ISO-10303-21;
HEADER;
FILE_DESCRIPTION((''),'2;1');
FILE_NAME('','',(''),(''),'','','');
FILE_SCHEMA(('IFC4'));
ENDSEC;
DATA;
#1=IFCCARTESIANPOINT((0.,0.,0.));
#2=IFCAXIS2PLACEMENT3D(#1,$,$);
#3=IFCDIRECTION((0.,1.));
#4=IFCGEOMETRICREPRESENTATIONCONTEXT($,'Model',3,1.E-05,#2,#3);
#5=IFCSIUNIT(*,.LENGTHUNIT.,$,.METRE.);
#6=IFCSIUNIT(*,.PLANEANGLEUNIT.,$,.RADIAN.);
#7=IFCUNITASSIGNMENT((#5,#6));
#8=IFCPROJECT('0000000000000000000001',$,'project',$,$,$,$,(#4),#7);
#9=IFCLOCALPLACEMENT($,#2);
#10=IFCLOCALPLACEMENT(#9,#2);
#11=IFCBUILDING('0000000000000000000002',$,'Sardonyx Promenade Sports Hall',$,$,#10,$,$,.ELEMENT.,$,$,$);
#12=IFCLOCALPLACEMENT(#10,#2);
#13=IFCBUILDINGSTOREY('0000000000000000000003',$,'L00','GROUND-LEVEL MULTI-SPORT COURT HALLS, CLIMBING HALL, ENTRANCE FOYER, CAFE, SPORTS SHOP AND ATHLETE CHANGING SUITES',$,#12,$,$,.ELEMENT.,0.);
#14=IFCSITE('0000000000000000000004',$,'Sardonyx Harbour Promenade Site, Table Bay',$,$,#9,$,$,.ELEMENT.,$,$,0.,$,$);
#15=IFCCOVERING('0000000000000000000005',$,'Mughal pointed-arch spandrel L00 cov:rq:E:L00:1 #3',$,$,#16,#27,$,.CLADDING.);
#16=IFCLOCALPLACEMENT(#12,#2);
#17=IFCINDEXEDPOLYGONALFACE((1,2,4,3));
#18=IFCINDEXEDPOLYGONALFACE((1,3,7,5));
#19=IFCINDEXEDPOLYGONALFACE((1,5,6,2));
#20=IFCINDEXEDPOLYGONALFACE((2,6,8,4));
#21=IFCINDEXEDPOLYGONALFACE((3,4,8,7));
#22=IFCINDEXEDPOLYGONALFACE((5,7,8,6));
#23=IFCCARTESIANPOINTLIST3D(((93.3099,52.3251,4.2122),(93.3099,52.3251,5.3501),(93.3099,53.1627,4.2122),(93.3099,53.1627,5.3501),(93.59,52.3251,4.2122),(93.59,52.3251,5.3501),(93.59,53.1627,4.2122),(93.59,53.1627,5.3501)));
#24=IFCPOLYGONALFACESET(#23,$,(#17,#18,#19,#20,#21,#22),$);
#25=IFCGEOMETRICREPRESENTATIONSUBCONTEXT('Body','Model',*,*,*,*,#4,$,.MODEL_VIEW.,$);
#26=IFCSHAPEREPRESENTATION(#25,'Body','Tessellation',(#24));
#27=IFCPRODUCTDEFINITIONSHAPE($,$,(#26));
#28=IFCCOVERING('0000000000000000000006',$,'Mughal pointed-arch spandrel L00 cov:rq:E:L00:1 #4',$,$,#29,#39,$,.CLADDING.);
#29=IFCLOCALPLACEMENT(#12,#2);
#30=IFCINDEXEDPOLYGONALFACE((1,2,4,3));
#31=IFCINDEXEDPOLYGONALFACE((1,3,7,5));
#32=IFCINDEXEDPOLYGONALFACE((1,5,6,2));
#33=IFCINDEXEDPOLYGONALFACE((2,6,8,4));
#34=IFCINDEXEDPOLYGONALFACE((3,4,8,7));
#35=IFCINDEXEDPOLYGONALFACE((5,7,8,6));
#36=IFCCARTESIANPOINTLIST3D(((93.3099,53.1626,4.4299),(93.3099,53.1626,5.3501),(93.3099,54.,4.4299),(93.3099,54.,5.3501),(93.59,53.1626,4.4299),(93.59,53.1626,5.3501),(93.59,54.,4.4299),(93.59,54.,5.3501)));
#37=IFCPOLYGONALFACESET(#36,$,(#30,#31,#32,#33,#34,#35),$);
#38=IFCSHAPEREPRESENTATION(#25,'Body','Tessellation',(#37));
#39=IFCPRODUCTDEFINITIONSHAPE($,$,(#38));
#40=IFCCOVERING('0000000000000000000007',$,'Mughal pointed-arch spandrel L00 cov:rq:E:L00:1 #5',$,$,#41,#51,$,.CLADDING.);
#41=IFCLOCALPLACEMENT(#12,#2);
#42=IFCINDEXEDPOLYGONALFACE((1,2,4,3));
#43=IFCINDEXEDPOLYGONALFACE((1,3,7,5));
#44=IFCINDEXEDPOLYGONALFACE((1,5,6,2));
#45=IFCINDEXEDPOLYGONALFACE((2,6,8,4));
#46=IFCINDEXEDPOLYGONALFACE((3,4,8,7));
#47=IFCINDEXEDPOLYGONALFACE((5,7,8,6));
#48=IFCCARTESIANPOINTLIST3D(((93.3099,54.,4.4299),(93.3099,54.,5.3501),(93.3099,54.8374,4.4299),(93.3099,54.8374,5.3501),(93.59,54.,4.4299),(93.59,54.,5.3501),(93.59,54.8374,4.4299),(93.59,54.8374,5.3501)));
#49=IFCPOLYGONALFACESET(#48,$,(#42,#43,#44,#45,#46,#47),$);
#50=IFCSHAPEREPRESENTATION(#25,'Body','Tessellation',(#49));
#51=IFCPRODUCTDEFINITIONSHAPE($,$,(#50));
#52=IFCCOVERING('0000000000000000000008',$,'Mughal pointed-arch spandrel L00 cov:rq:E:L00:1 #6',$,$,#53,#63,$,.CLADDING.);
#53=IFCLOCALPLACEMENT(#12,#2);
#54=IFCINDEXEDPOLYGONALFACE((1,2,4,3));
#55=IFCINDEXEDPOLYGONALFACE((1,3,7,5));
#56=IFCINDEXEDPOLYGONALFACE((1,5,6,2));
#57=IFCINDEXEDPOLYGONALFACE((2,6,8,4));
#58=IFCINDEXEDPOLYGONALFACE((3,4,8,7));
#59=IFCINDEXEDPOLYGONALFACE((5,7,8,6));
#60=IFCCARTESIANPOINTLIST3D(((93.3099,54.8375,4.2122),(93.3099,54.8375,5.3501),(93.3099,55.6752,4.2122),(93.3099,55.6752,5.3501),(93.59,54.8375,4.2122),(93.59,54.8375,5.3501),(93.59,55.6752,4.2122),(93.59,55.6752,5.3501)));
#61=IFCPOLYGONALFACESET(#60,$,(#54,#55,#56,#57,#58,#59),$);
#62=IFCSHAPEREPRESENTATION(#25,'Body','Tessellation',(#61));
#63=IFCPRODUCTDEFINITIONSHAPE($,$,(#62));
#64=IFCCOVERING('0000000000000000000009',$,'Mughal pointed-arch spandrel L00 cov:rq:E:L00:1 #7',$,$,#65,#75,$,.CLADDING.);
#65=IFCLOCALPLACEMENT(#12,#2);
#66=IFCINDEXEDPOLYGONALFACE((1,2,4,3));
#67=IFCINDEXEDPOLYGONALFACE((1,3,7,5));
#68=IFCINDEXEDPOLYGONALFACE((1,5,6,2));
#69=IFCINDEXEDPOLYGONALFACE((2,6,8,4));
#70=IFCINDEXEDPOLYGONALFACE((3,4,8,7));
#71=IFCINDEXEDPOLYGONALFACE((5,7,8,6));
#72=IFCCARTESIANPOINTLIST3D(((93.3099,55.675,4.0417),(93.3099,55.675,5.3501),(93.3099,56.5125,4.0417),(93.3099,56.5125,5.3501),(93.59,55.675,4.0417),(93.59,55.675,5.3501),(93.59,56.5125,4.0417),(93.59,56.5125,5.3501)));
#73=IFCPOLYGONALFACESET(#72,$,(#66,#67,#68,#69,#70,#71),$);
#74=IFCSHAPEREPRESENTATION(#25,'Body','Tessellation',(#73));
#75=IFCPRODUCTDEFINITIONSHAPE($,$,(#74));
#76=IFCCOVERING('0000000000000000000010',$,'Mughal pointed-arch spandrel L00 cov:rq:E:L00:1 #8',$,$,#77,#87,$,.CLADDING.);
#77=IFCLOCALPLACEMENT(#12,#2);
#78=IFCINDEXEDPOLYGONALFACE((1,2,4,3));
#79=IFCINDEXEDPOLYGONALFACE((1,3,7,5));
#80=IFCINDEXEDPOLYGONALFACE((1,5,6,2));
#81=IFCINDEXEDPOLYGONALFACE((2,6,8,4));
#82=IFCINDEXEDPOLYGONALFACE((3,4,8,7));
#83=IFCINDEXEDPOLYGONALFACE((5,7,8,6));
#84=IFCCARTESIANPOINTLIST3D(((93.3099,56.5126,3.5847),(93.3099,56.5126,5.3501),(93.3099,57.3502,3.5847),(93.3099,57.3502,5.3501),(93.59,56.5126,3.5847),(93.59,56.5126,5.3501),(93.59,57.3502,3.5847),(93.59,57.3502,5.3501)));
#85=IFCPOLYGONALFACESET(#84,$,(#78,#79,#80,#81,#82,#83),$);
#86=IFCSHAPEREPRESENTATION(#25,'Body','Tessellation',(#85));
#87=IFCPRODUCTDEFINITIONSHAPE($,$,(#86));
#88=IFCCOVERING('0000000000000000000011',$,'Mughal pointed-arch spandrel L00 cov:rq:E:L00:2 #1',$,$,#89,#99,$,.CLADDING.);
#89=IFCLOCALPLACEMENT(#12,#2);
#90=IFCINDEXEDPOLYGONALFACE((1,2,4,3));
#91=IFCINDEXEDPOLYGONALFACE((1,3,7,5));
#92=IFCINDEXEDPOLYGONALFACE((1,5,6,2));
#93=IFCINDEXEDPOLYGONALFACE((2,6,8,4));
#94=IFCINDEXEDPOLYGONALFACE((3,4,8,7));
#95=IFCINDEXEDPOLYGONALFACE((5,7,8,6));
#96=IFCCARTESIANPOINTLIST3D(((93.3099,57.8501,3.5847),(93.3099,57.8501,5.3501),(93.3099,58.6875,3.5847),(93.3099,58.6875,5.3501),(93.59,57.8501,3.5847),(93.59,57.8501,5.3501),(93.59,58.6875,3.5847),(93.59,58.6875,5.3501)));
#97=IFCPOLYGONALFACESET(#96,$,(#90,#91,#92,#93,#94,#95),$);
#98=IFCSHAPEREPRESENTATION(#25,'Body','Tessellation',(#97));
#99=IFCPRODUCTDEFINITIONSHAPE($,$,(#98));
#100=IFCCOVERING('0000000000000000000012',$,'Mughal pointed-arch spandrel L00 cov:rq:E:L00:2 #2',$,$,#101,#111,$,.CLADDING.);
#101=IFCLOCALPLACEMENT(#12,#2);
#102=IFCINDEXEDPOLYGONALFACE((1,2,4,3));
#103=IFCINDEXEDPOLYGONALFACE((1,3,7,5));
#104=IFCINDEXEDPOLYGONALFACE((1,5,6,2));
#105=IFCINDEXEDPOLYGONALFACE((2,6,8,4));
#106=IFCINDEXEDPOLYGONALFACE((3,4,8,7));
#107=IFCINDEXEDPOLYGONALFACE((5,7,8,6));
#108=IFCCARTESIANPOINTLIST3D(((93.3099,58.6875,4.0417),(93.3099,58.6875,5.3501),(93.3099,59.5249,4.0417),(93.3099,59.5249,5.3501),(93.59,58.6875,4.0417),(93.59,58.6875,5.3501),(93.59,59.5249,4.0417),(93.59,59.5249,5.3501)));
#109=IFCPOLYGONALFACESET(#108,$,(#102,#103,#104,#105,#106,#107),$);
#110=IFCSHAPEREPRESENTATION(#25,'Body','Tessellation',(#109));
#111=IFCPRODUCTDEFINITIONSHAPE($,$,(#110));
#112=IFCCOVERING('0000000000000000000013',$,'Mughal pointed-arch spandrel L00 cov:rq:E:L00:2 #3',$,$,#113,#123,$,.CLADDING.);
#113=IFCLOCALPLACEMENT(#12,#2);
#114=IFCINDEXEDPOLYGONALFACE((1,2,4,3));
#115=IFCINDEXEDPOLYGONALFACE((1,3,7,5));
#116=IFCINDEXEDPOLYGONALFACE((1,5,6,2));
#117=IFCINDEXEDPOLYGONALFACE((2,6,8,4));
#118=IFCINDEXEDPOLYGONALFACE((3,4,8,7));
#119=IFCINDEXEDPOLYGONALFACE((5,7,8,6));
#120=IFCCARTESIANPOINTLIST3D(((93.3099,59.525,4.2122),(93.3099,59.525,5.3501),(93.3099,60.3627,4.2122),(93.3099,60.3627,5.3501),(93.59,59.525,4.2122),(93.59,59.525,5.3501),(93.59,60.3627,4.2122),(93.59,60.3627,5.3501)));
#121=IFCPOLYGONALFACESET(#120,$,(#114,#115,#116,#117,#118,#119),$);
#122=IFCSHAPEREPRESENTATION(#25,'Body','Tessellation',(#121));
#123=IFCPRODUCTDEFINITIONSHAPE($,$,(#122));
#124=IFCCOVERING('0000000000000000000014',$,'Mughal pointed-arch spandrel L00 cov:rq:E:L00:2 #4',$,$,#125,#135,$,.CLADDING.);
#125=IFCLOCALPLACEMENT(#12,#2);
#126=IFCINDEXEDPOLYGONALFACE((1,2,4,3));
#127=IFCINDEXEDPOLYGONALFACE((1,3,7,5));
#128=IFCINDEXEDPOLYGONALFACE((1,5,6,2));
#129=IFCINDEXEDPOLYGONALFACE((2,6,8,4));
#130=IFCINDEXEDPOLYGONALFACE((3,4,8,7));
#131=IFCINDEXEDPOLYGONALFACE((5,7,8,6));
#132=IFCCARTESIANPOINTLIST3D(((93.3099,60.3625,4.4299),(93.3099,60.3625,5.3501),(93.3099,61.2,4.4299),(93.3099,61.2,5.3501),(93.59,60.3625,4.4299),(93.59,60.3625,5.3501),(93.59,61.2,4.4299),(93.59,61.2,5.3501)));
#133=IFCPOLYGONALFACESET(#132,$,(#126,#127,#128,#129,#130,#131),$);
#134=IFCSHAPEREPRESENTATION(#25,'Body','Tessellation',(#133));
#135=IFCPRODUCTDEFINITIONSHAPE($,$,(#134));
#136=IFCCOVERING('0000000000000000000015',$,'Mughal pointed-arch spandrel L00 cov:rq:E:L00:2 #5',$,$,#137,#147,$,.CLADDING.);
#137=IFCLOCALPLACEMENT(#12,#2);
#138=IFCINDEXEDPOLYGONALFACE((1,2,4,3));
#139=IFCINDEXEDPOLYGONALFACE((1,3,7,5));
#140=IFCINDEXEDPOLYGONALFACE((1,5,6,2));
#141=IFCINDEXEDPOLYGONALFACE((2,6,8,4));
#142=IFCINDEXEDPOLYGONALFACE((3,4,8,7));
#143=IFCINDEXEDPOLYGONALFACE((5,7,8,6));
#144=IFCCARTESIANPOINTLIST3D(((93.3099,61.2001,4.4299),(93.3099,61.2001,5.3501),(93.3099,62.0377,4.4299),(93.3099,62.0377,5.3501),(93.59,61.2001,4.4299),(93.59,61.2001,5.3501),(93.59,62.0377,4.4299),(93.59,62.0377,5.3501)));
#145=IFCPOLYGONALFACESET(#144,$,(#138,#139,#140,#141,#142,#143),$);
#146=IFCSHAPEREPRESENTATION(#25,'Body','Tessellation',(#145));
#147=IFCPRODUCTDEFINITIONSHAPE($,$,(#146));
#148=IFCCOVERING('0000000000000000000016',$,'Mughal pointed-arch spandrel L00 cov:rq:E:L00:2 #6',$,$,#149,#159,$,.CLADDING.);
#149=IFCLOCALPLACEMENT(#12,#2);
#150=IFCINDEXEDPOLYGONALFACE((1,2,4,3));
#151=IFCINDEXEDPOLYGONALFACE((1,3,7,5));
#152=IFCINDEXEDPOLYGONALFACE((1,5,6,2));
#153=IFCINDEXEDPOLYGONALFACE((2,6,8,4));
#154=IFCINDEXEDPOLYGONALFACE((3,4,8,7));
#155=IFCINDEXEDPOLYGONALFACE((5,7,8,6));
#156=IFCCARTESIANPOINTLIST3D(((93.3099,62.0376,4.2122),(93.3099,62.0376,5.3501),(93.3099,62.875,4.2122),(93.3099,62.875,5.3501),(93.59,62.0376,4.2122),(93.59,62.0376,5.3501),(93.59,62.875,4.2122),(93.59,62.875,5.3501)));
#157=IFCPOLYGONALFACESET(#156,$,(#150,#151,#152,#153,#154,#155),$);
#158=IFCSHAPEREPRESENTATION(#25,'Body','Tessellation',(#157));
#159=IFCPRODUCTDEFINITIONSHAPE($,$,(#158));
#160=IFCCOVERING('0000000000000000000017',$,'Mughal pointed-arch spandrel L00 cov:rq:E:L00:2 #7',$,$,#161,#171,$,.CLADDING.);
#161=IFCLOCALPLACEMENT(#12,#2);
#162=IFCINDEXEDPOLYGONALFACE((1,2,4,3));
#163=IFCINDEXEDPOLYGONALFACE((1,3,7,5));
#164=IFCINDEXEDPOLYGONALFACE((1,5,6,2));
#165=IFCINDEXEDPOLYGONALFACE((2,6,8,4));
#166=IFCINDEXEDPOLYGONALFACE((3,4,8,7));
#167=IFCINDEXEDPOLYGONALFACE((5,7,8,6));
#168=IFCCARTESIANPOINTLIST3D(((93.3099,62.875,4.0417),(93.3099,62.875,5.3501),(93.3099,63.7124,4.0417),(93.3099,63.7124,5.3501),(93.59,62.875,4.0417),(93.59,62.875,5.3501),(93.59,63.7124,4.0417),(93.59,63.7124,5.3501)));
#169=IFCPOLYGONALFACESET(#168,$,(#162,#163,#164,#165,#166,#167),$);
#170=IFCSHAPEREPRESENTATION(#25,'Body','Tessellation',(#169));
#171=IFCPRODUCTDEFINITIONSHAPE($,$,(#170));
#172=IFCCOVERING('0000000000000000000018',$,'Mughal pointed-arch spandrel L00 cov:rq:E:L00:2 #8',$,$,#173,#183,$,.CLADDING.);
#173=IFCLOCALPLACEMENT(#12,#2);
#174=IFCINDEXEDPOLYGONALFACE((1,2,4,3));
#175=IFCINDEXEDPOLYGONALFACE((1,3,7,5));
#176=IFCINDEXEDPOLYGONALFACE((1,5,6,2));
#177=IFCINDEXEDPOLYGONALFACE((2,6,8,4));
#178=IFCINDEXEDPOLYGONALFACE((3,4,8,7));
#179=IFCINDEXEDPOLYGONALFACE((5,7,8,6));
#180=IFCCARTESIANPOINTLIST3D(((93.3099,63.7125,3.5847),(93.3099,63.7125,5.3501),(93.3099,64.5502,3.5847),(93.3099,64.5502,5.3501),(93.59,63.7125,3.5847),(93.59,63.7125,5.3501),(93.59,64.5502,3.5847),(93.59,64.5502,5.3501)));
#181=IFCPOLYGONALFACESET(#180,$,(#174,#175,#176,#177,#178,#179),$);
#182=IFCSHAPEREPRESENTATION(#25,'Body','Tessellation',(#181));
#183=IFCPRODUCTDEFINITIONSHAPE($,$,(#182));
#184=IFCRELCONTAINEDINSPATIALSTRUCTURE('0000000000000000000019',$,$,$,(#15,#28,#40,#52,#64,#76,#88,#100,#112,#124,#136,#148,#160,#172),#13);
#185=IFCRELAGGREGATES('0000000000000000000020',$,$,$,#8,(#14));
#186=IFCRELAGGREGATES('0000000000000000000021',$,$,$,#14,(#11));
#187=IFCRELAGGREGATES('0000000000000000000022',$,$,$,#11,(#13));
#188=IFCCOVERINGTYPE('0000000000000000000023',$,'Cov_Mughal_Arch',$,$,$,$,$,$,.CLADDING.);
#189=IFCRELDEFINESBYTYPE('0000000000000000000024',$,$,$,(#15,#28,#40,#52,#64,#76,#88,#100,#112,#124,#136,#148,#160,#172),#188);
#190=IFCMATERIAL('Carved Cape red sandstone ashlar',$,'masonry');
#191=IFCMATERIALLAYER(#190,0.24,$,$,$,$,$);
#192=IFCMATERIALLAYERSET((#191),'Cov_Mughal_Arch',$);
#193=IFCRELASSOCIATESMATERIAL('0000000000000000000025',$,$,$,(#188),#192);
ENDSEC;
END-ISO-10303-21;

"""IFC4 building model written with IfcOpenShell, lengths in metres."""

from ifc_helpers import new_model, si_unit, direction, frame, frame_2d, origin, place, context, subcontext, project, spatial, rectangle, extrude, material, layer, layer_set, type_object, element, save


model = new_model("IFC4")

# Units and contexts
model_context = context("Model", 3, precision=1e-05, world=origin(), true_north=direction((0.0, 1.0)))
body_context = subcontext(model_context, "Body", "Model", "MODEL_VIEW")
ifc_project = project(units=[si_unit("LENGTHUNIT", "METRE"), si_unit("PLANEANGLEUNIT", "RADIAN")], contexts=[model_context])

# Site, building, storey
site_placement = place(None, origin())
site = spatial("IfcSite", under=ifc_project, at=site_placement, Name="Sardonyx Harbour Promenade Site, Table Bay", CompositionType="ELEMENT", RefElevation=0.0)
building_placement = place(site_placement, origin())
building = spatial("IfcBuilding", under=site, at=building_placement, Name="Sardonyx Promenade Sports Hall", CompositionType="ELEMENT")
storey_placement = place(building_placement, origin())
storey = spatial("IfcBuildingStorey", under=building, at=storey_placement, Name="L00", Description="GROUND-LEVEL MULTI-SPORT COURT HALLS, CLIMBING HALL, ENTRANCE FOYER, CAFE, SPORTS SHOP AND ATHLETE CHANGING SUITES", CompositionType="ELEMENT", Elevation=0.0)

# Coverings
ifc_material_1 = material(Name="Carved Cape red sandstone ashlar", Category="masonry")
ifc_layer = layer(ifc_material_1, 0.24)
ifc_layer_set = layer_set([ifc_layer], Name="Cov_Mughal_Arch")
covering_type = type_object("IfcCoveringType", Name="Cov_Mughal_Arch", PredefinedType="CLADDING", material=ifc_layer_set)
covering_1_placement = place(storey_placement, frame((93.45, 52.325, 4.2122), z_axis=(0.0, 0.0, 1.0), x_axis=(0.0, 1.0, 0.0)))
element("IfcCovering", 1, at=covering_1_placement, inside=storey, type_object=covering_type, Name="Mughal pointed-arch spandrel L00 cov:rq:E:L00:1 #3", PredefinedType="CLADDING", context=body_context, shape_type="SweptSolid", body=[
    extrude(rectangle(XDim=0.8376, YDim=0.28, at=frame_2d((0.4189, 0.0))), origin(), (0.0, 0.0, 1.0), 1.1379),
])
for number, where, z_axis, x_axis, name in (
    (2, (93.45, 53.1626, 4.4299), (0.0, 0.0, 1.0), (0.0, 1.0, 0.0), "Mughal pointed-arch spandrel L00 cov:rq:E:L00:1 #4"),
    (3, (93.45, 54.0, 4.4299), (0.0, 0.0, 1.0), (0.0, 1.0, 0.0), "Mughal pointed-arch spandrel L00 cov:rq:E:L00:1 #5"),
):
    element("IfcCovering", number, at=place(storey_placement, frame(where, z_axis=z_axis, x_axis=x_axis)), inside=storey, type_object=covering_type, Name=name, PredefinedType="CLADDING", context=body_context, shape_type="SweptSolid", body=[
        extrude(rectangle(XDim=0.8374, YDim=0.28, at=frame_2d((0.4187, 0.0))), origin(), (0.0, 0.0, 1.0), 0.9202),
    ])
covering_2_placement = place(storey_placement, frame((93.45, 54.8374, 4.2122), z_axis=(0.0, 0.0, 1.0), x_axis=(0.0, 1.0, 0.0)))
element("IfcCovering", 4, at=covering_2_placement, inside=storey, type_object=covering_type, Name="Mughal pointed-arch spandrel L00 cov:rq:E:L00:1 #6", PredefinedType="CLADDING", context=body_context, shape_type="SweptSolid", body=[
    extrude(rectangle(XDim=0.8376, YDim=0.28, at=frame_2d((0.4189, 0.0))), origin(), (0.0, 0.0, 1.0), 1.1379),
])
covering_3_placement = place(storey_placement, frame((93.45, 55.675, 4.0417), z_axis=(0.0, 0.0, 1.0), x_axis=(0.0, 1.0, 0.0)))
element("IfcCovering", 5, at=covering_3_placement, inside=storey, type_object=covering_type, Name="Mughal pointed-arch spandrel L00 cov:rq:E:L00:1 #7", PredefinedType="CLADDING", context=body_context, shape_type="SweptSolid", body=[
    extrude(rectangle(XDim=0.8374, YDim=0.28, at=frame_2d((0.4187, 0.0))), origin(), (0.0, 0.0, 1.0), 1.3083),
])
covering_4_placement = place(storey_placement, frame((93.45, 56.5125, 3.5847), z_axis=(0.0, 0.0, 1.0), x_axis=(0.0, 1.0, 0.0)))
element("IfcCovering", 6, at=covering_4_placement, inside=storey, type_object=covering_type, Name="Mughal pointed-arch spandrel L00 cov:rq:E:L00:1 #8", PredefinedType="CLADDING", context=body_context, shape_type="SweptSolid", body=[
    extrude(rectangle(XDim=0.8376, YDim=0.28, at=frame_2d((0.4189, 0.0))), origin(), (0.0, 0.0, 1.0), 1.7654),
])
covering_5_placement = place(storey_placement, frame((93.45, 57.8501, 3.5847), z_axis=(0.0, 0.0, 1.0), x_axis=(0.0, 1.0, 0.0)))
element("IfcCovering", 7, at=covering_5_placement, inside=storey, type_object=covering_type, Name="Mughal pointed-arch spandrel L00 cov:rq:E:L00:2 #1", PredefinedType="CLADDING", context=body_context, shape_type="SweptSolid", body=[
    extrude(rectangle(XDim=0.8374, YDim=0.28, at=frame_2d((0.4187, 0.0))), origin(), (0.0, 0.0, 1.0), 1.7654),
])
covering_6_placement = place(storey_placement, frame((93.45, 58.6875, 4.0417), z_axis=(0.0, 0.0, 1.0), x_axis=(0.0, 1.0, 0.0)))
element("IfcCovering", 8, at=covering_6_placement, inside=storey, type_object=covering_type, Name="Mughal pointed-arch spandrel L00 cov:rq:E:L00:2 #2", PredefinedType="CLADDING", context=body_context, shape_type="SweptSolid", body=[
    extrude(rectangle(XDim=0.8374, YDim=0.28, at=frame_2d((0.4187, 0.0))), origin(), (0.0, 0.0, 1.0), 1.3083),
])
covering_7_placement = place(storey_placement, frame((93.45, 59.5249, 4.2122), z_axis=(0.0, 0.0, 1.0), x_axis=(0.0, 1.0, 0.0)))
element("IfcCovering", 9, at=covering_7_placement, inside=storey, type_object=covering_type, Name="Mughal pointed-arch spandrel L00 cov:rq:E:L00:2 #3", PredefinedType="CLADDING", context=body_context, shape_type="SweptSolid", body=[
    extrude(rectangle(XDim=0.8376, YDim=0.28, at=frame_2d((0.4189, 0.0))), origin(), (0.0, 0.0, 1.0), 1.1379),
])
covering_8_placement = place(storey_placement, frame((93.45, 60.3625, 4.4299), z_axis=(0.0, 0.0, 1.0), x_axis=(0.0, 1.0, 0.0)))
element("IfcCovering", 10, at=covering_8_placement, inside=storey, type_object=covering_type, Name="Mughal pointed-arch spandrel L00 cov:rq:E:L00:2 #4", PredefinedType="CLADDING", context=body_context, shape_type="SweptSolid", body=[
    extrude(rectangle(XDim=0.8374, YDim=0.28, at=frame_2d((0.4187, 0.0))), origin(), (0.0, 0.0, 1.0), 0.9202),
])
covering_9_placement = place(storey_placement, frame((93.45, 61.2, 4.4299), z_axis=(0.0, 0.0, 1.0), x_axis=(0.0, 1.0, 0.0)))
element("IfcCovering", 11, at=covering_9_placement, inside=storey, type_object=covering_type, Name="Mughal pointed-arch spandrel L00 cov:rq:E:L00:2 #5", PredefinedType="CLADDING", context=body_context, shape_type="SweptSolid", body=[
    extrude(rectangle(XDim=0.8376, YDim=0.28, at=frame_2d((0.4189, 0.0))), origin(), (0.0, 0.0, 1.0), 0.9202),
])
covering_10_placement = place(storey_placement, frame((93.45, 62.0376, 4.2122), z_axis=(0.0, 0.0, 1.0), x_axis=(0.0, 1.0, 0.0)))
element("IfcCovering", 12, at=covering_10_placement, inside=storey, type_object=covering_type, Name="Mughal pointed-arch spandrel L00 cov:rq:E:L00:2 #6", PredefinedType="CLADDING", context=body_context, shape_type="SweptSolid", body=[
    extrude(rectangle(XDim=0.8374, YDim=0.28, at=frame_2d((0.4187, 0.0))), origin(), (0.0, 0.0, 1.0), 1.1379),
])
covering_11_placement = place(storey_placement, frame((93.45, 62.875, 4.0417), z_axis=(0.0, 0.0, 1.0), x_axis=(0.0, 1.0, 0.0)))
element("IfcCovering", 13, at=covering_11_placement, inside=storey, type_object=covering_type, Name="Mughal pointed-arch spandrel L00 cov:rq:E:L00:2 #7", PredefinedType="CLADDING", context=body_context, shape_type="SweptSolid", body=[
    extrude(rectangle(XDim=0.8374, YDim=0.28, at=frame_2d((0.4187, 0.0))), origin(), (0.0, 0.0, 1.0), 1.3083),
])
covering_12_placement = place(storey_placement, frame((93.45, 63.7124, 3.5847), z_axis=(0.0, 0.0, 1.0), x_axis=(0.0, 1.0, 0.0)))
element("IfcCovering", 14, at=covering_12_placement, inside=storey, type_object=covering_type, Name="Mughal pointed-arch spandrel L00 cov:rq:E:L00:2 #8", PredefinedType="CLADDING", context=body_context, shape_type="SweptSolid", body=[
    extrude(rectangle(XDim=0.8376, YDim=0.28, at=frame_2d((0.4189, 0.0))), origin(), (0.0, 0.0, 1.0), 1.7654),
])

save(model, "model.ifc")
